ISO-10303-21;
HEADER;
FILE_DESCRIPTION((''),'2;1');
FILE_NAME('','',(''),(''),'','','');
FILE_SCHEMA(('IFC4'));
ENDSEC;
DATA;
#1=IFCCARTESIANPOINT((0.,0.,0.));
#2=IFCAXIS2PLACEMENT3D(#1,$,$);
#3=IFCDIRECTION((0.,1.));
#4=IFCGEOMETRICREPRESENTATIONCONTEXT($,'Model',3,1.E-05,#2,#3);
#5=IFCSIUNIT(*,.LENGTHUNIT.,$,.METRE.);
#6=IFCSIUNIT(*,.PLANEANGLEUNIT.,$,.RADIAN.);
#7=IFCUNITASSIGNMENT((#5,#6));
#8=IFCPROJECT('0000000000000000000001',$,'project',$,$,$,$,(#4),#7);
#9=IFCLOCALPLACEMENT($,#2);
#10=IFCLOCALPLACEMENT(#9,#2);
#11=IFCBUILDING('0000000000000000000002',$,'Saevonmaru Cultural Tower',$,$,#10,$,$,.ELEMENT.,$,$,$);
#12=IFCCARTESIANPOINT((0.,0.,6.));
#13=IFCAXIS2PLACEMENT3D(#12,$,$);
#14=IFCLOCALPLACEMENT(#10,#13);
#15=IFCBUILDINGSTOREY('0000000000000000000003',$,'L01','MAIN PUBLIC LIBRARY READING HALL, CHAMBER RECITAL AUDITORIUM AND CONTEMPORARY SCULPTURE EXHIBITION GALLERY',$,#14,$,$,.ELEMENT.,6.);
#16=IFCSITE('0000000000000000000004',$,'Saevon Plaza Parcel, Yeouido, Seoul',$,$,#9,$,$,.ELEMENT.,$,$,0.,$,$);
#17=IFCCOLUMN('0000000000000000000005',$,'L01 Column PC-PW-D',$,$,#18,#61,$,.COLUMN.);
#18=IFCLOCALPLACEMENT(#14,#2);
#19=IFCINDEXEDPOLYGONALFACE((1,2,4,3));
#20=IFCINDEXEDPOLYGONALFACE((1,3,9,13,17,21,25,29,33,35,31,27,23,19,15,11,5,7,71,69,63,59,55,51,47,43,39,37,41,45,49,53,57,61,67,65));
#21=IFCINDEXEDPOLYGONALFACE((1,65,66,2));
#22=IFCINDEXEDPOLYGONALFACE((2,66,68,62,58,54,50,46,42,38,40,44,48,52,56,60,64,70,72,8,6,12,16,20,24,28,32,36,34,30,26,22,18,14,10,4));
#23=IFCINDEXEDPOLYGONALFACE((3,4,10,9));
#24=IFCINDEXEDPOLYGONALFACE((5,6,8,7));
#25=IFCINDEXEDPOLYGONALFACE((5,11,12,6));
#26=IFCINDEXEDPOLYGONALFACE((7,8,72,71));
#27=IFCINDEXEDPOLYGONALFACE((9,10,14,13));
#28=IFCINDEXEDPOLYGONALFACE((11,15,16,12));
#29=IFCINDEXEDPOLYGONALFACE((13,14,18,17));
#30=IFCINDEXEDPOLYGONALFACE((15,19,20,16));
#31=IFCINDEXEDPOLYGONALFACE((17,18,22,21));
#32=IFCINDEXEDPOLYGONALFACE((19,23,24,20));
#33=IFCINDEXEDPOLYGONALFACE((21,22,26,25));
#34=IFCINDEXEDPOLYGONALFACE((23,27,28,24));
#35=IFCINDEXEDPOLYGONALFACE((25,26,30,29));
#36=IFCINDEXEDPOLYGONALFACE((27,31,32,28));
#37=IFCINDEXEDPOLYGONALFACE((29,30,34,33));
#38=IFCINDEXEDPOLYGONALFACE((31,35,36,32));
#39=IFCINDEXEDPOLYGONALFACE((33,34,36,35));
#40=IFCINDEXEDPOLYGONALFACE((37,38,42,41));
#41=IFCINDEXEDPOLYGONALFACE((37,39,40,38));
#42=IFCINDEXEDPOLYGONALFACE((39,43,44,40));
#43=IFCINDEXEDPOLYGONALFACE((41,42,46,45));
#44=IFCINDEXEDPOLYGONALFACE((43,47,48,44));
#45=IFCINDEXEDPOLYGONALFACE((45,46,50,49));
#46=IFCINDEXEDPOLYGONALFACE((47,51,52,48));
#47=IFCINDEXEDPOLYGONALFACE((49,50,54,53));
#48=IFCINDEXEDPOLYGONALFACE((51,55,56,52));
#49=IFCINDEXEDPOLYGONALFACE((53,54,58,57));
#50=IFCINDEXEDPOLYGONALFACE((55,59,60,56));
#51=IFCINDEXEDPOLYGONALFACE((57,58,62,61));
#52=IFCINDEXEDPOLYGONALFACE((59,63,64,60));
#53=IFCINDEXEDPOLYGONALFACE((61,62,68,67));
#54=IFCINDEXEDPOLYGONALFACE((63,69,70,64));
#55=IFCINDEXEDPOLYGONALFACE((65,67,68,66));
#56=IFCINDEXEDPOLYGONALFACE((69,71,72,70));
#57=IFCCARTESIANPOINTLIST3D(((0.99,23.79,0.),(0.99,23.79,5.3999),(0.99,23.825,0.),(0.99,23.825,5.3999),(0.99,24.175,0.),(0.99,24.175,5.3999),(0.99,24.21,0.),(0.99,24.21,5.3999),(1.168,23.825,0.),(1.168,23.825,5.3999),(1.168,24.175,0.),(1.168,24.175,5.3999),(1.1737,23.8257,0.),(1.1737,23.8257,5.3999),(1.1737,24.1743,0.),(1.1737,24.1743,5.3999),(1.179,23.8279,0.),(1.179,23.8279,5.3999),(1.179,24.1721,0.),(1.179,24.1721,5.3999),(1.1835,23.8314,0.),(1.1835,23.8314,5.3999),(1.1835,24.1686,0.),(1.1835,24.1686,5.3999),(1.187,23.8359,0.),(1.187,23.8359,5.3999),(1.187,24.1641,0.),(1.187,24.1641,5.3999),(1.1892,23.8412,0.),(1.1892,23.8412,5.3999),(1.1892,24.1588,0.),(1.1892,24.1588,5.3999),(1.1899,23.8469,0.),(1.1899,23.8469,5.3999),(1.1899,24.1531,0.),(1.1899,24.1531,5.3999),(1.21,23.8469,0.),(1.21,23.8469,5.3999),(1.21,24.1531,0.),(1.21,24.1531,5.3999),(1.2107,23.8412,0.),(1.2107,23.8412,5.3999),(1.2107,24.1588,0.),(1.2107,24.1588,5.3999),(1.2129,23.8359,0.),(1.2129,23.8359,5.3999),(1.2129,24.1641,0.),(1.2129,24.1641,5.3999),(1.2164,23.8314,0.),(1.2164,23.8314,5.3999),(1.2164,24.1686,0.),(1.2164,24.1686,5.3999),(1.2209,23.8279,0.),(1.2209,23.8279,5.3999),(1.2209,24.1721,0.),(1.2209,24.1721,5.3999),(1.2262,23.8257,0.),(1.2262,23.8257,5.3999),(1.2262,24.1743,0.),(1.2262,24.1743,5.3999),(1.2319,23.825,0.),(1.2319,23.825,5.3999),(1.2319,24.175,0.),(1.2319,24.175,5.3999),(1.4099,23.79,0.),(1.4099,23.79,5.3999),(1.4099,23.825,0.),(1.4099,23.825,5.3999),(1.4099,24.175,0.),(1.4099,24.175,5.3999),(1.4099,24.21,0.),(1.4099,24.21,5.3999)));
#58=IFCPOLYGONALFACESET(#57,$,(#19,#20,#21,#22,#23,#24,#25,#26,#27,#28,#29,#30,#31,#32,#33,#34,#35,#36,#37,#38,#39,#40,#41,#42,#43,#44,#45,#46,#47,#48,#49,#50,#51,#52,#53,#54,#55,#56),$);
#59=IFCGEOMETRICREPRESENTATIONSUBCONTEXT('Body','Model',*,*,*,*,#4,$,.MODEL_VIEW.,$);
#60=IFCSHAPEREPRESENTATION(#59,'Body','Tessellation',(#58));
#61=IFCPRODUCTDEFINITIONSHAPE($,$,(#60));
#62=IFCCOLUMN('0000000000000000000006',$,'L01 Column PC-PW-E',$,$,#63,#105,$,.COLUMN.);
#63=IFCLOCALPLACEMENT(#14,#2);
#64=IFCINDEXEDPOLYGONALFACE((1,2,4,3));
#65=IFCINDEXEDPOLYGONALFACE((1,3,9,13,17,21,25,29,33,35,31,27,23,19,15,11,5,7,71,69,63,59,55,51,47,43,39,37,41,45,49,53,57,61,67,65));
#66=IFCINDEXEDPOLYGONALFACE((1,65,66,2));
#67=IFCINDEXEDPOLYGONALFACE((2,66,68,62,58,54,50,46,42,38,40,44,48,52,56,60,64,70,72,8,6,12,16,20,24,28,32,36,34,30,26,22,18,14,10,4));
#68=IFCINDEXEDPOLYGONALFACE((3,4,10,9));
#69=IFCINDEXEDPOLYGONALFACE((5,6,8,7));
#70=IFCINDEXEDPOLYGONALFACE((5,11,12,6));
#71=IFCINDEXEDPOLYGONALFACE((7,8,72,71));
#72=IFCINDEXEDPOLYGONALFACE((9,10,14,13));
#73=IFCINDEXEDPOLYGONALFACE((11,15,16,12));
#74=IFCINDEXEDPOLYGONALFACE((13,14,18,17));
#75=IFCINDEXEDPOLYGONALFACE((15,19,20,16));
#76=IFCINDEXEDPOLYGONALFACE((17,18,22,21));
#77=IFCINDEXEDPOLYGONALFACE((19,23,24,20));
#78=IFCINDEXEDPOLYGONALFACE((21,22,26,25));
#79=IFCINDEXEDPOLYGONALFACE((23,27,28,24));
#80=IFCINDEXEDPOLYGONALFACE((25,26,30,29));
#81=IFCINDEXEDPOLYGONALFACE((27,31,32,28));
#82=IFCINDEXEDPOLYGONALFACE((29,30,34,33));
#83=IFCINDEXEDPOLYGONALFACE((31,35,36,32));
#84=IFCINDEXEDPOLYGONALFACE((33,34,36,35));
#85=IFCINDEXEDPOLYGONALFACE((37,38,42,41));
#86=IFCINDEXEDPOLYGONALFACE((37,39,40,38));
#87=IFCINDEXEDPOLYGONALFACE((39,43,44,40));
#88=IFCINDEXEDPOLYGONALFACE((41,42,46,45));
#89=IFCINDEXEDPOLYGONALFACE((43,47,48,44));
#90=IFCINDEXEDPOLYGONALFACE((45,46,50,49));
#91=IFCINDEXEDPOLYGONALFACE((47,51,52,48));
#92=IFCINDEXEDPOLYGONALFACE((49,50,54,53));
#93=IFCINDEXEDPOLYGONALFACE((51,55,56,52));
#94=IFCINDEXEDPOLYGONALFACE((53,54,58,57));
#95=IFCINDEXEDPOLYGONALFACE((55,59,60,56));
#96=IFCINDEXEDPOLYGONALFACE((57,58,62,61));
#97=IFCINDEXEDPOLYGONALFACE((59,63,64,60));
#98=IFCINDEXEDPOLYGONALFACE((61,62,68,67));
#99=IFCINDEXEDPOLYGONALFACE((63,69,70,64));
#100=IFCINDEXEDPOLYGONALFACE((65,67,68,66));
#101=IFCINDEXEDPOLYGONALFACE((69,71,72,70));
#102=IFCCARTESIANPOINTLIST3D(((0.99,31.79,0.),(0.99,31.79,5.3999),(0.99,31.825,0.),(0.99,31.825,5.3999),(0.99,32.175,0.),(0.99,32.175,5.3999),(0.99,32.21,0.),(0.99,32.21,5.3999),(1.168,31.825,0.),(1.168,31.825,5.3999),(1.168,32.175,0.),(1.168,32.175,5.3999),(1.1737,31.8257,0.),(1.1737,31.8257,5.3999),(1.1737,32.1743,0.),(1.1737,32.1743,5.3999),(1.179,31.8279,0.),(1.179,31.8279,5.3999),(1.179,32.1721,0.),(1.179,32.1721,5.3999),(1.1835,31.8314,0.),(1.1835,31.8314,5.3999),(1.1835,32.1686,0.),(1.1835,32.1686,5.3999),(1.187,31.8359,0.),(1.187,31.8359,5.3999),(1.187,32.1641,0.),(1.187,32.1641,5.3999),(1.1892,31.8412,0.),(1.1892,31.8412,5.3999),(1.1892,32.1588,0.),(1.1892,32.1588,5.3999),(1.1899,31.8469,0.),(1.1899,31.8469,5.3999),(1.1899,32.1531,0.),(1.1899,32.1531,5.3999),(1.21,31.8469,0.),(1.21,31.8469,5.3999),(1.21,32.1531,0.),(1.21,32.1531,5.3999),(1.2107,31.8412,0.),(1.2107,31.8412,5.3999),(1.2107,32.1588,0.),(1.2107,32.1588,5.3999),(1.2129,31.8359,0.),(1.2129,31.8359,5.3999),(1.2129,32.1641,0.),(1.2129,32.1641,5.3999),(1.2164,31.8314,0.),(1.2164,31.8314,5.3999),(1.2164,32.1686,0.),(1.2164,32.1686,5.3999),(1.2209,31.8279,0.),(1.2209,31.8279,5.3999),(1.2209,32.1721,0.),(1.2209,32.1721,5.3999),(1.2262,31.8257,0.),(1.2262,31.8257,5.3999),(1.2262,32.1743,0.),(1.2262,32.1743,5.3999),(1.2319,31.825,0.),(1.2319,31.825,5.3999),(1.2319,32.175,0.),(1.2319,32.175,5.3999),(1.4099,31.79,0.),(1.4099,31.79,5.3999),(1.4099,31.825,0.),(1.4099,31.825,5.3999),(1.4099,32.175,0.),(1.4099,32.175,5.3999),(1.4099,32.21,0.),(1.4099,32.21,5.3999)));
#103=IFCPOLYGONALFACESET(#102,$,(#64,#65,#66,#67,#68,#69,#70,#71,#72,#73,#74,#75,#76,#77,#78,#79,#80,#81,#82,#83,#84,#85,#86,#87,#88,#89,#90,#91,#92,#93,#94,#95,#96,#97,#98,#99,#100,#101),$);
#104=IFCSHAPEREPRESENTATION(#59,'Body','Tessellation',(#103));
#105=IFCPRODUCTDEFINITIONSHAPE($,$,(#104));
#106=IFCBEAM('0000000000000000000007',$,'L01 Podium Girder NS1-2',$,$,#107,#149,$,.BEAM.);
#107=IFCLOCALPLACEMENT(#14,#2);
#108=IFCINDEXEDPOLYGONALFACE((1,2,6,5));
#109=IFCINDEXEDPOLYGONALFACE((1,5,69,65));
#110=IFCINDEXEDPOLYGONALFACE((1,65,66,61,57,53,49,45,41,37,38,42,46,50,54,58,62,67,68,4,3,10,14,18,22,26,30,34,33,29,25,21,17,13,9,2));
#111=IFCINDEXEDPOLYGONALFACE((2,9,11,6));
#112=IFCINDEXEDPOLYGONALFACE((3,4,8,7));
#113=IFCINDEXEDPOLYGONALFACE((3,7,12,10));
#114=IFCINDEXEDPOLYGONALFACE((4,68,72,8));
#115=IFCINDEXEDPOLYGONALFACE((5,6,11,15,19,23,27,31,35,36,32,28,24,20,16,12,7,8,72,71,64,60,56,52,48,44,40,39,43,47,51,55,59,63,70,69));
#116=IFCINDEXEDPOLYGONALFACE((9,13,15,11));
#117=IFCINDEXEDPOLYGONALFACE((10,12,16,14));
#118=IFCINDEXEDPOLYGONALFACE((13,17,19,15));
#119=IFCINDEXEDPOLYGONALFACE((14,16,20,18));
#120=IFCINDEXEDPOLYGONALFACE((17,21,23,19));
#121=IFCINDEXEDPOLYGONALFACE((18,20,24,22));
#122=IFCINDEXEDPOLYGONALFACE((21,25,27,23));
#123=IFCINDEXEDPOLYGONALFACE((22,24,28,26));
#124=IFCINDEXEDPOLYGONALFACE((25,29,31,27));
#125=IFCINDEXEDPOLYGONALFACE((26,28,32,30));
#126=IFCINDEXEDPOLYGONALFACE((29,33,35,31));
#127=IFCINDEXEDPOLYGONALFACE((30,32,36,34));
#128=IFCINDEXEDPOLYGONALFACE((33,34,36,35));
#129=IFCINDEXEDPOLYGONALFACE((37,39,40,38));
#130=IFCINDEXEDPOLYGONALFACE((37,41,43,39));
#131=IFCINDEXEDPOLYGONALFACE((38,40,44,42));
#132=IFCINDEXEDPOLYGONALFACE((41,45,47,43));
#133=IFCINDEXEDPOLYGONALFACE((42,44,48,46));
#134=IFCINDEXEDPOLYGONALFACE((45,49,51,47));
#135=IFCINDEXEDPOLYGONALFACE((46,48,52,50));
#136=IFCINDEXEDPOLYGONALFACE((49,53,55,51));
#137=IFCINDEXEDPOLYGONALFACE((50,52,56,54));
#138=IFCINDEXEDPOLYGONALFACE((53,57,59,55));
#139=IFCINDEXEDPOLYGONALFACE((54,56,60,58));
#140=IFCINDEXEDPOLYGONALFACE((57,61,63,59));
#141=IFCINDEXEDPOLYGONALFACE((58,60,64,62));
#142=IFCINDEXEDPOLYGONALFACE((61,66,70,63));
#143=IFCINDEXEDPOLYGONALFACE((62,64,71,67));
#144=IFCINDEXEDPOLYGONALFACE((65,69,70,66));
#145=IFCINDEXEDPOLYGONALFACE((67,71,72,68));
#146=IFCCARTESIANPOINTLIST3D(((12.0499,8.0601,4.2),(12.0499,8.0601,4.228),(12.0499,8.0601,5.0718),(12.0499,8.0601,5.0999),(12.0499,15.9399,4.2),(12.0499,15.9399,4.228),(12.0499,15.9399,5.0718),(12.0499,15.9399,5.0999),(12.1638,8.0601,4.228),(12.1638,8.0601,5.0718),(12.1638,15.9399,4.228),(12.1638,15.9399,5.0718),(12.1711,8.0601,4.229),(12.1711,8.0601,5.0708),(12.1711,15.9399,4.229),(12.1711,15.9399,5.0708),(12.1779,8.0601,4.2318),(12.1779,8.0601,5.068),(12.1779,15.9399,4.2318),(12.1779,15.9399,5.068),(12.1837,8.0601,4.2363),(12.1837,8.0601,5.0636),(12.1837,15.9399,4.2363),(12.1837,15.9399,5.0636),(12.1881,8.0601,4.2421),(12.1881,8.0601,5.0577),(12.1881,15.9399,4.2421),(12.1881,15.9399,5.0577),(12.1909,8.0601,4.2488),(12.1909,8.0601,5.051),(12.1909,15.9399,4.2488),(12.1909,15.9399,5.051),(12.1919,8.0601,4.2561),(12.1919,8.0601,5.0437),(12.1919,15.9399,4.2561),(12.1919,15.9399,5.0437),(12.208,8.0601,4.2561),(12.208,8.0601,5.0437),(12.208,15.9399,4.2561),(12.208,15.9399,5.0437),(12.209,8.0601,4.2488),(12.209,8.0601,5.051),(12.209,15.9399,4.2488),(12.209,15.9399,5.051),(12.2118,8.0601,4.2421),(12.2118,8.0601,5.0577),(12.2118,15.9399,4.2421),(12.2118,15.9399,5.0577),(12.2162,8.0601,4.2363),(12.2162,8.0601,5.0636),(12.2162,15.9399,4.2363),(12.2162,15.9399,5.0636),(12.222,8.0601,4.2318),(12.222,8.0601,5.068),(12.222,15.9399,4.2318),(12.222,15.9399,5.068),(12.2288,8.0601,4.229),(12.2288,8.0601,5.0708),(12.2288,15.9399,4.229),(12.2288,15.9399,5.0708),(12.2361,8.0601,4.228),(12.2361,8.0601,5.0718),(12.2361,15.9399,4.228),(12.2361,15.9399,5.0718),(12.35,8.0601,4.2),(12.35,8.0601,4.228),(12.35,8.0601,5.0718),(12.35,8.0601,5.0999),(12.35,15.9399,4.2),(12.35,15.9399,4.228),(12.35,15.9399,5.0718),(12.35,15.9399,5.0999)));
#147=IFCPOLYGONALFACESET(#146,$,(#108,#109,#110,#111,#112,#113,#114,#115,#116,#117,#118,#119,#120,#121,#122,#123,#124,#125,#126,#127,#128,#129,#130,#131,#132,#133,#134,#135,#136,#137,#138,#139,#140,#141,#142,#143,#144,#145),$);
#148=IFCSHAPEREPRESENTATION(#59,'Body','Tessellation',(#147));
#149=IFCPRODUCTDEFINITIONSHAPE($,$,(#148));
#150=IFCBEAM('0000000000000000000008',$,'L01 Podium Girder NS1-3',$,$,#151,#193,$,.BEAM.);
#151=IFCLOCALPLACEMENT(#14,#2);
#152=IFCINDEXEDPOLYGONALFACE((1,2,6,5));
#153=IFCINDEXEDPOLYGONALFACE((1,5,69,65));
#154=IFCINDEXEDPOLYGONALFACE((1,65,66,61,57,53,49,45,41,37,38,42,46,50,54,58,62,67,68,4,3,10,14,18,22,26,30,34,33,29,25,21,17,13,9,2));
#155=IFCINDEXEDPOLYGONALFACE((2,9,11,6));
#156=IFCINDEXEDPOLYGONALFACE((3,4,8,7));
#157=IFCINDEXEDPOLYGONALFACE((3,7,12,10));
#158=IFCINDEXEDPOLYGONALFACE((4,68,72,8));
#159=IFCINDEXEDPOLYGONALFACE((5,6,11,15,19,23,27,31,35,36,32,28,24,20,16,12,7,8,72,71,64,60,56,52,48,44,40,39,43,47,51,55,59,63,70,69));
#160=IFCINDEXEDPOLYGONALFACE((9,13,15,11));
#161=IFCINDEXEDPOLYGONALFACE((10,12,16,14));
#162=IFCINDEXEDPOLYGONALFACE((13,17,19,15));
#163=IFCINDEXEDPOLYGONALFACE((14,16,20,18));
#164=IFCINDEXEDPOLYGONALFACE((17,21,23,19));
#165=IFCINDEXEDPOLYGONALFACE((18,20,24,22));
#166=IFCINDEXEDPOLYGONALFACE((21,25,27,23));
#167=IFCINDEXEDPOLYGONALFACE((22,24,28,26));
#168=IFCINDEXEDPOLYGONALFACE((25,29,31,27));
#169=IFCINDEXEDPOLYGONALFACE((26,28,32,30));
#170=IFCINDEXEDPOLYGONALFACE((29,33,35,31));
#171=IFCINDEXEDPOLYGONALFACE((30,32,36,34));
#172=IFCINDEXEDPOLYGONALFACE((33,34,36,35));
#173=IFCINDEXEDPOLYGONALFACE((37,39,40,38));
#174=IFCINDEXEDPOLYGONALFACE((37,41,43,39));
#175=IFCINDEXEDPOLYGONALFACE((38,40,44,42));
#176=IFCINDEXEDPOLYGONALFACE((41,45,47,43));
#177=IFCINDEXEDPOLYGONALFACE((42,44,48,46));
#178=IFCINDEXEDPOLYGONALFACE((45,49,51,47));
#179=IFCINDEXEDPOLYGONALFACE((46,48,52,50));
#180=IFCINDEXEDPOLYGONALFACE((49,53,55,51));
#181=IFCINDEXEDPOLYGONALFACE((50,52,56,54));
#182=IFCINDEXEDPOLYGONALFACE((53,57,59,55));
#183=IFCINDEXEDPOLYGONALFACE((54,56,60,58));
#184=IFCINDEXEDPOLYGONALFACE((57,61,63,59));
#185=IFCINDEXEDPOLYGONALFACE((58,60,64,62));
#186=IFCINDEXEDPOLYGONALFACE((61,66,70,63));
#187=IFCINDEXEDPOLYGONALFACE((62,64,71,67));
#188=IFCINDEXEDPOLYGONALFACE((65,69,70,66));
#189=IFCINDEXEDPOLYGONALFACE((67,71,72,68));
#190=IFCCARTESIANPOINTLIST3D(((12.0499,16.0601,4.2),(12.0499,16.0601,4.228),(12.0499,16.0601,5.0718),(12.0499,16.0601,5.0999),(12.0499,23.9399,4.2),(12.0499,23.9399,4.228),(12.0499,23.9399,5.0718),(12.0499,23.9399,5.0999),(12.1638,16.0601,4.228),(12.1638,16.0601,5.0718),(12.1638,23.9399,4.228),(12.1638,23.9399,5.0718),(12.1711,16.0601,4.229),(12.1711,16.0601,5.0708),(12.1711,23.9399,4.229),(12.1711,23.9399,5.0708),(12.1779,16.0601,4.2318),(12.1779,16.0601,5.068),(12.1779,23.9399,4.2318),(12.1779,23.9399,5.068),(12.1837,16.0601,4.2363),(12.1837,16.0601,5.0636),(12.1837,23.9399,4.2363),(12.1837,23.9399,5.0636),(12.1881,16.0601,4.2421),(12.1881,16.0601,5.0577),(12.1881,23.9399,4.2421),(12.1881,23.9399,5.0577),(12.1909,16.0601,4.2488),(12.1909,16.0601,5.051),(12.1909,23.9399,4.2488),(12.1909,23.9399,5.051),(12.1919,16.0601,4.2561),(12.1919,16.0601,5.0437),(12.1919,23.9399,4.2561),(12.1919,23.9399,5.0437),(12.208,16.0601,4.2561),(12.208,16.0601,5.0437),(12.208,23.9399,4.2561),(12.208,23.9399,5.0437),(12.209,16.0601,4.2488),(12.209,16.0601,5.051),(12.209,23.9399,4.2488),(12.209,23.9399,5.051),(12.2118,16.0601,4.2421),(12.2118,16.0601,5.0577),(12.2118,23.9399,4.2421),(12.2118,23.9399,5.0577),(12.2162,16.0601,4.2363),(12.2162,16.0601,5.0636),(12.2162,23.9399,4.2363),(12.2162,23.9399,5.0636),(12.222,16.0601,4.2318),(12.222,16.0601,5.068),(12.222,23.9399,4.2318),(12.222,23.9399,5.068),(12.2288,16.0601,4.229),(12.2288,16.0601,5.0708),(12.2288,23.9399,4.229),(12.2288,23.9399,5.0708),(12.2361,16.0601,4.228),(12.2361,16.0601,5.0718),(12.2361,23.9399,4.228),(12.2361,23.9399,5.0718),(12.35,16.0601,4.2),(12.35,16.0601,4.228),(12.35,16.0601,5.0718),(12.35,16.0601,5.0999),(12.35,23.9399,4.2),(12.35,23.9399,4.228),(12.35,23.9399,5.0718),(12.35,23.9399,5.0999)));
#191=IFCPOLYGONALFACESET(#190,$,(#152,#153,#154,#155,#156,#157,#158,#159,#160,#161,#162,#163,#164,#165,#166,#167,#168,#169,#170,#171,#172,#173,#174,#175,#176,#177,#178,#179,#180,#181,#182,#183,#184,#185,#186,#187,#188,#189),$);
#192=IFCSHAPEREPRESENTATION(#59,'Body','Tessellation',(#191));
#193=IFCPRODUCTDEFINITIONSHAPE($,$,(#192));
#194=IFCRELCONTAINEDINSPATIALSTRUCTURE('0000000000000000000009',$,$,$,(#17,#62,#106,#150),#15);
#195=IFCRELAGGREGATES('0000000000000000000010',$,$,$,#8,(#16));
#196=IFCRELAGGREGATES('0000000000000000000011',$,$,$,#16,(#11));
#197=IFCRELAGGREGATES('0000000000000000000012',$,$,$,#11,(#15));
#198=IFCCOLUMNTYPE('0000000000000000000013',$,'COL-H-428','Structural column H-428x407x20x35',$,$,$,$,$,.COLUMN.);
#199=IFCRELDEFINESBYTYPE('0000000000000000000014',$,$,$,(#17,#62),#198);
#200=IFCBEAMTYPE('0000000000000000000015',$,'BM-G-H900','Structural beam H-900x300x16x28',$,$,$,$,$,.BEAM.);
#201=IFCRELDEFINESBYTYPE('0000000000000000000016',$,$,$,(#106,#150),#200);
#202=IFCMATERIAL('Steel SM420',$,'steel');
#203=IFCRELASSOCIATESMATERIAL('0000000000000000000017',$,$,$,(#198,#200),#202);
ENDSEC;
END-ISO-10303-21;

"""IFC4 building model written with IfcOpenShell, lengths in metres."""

from ifc_helpers import new_model, si_unit, direction, frame, origin, origin_2d, place, context, subcontext, project, spatial, i_section, extrude, material, material_profile, profile_set, type_object, element, save


model = new_model("IFC4")

# Units and contexts
model_context = context("Model", 3, precision=1e-05, world=origin(), true_north=direction((0.0, 1.0)))
body_context = subcontext(model_context, "Body", "Model", "MODEL_VIEW")
ifc_project = project(units=[si_unit("LENGTHUNIT", "METRE"), si_unit("PLANEANGLEUNIT", "RADIAN")], contexts=[model_context])

# Site, building, storey
site_placement = place(None, origin())
site = spatial("IfcSite", under=ifc_project, at=site_placement, Name="Saevon Plaza Parcel, Yeouido, Seoul", CompositionType="ELEMENT", RefElevation=0.0)
building_placement = place(site_placement, origin())
building = spatial("IfcBuilding", under=site, at=building_placement, Name="Saevonmaru Cultural Tower", CompositionType="ELEMENT")
storey_placement = place(building_placement, frame((0.0, 0.0, 6.0)))
storey = spatial("IfcBuildingStorey", under=building, at=storey_placement, Name="L01", Description="MAIN PUBLIC LIBRARY READING HALL, CHAMBER RECITAL AUDITORIUM AND CONTEMPORARY SCULPTURE EXHIBITION GALLERY", CompositionType="ELEMENT", Elevation=6.0)

# Columns
ifc_material_1 = material(Name="Steel SM420", Category="steel")
ifc_material_profile_1 = material_profile(ifc_material_1, i_section(OverallWidth=0.4199, OverallDepth=0.4199, WebThickness=0.02, FlangeThickness=0.0349, FilletRadius=0.022, at=origin_2d()), Name="H-428x407x20x35")
ifc_profile_set_1 = profile_set([ifc_material_profile_1], Name="Steel SM420")
column_type_1 = type_object("IfcColumnType", Name="COL-H-428", Description="Structural column H-428x407x20x35", PredefinedType="COLUMN", material=ifc_profile_set_1)
for number, where, z_axis, x_axis, name in (
    (1, (1.2, 24.0, 0.0), (0.0, 0.0, 1.0), (1.0, 0.0, 0.0), "L01 Column PC-PW-D"),
    (2, (1.2, 32.0, 0.0), (0.0, 0.0, 1.0), (1.0, 0.0, 0.0), "L01 Column PC-PW-E"),
):
    element("IfcColumn", number, at=place(storey_placement, frame(where, z_axis=z_axis, x_axis=x_axis)), inside=storey, type_object=column_type_1, Name=name, PredefinedType="COLUMN", context=body_context, shape_type="SweptSolid", body=[
        extrude(i_section(OverallWidth=0.4199, OverallDepth=0.4199, WebThickness=0.02, FlangeThickness=0.0349, FilletRadius=0.022, at=origin_2d()), origin(), (0.0, 0.0, 1.0), 5.3999),
    ])

# Beams
ifc_material_profile_2 = material_profile(ifc_material_1, i_section(OverallWidth=0.3, OverallDepth=0.8999, WebThickness=0.0161, FlangeThickness=0.0281, FilletRadius=0.0281, at=origin_2d()), Name="H-900x300x16x28")
ifc_profile_set_2 = profile_set([ifc_material_profile_2], Name="Steel SM420")
beam_type_1 = type_object("IfcBeamType", Name="BM-G-H900", Description="Structural beam H-900x300x16x28", PredefinedType="BEAM", material=ifc_profile_set_2)
for number, where, z_axis, x_axis, name in (
    (3, (12.2, 8.0601, 4.6499), (0.0, 1.0, 0.0), (-1.0, 0.0, 0.0), "L01 Podium Girder NS1-2"),
    (4, (12.2, 16.0601, 4.6499), (0.0, 1.0, 0.0), (-1.0, 0.0, 0.0), "L01 Podium Girder NS1-3"),
):
    element("IfcBeam", number, at=place(storey_placement, frame(where, z_axis=z_axis, x_axis=x_axis)), inside=storey, type_object=beam_type_1, Name=name, PredefinedType="BEAM", context=body_context, shape_type="SweptSolid", body=[
        extrude(i_section(OverallWidth=0.3, OverallDepth=0.8999, WebThickness=0.0161, FlangeThickness=0.0281, FilletRadius=0.0281, at=origin_2d()), origin(), (0.0, 0.0, 1.0), 7.8799),
    ])

save(model, "model.ifc")
